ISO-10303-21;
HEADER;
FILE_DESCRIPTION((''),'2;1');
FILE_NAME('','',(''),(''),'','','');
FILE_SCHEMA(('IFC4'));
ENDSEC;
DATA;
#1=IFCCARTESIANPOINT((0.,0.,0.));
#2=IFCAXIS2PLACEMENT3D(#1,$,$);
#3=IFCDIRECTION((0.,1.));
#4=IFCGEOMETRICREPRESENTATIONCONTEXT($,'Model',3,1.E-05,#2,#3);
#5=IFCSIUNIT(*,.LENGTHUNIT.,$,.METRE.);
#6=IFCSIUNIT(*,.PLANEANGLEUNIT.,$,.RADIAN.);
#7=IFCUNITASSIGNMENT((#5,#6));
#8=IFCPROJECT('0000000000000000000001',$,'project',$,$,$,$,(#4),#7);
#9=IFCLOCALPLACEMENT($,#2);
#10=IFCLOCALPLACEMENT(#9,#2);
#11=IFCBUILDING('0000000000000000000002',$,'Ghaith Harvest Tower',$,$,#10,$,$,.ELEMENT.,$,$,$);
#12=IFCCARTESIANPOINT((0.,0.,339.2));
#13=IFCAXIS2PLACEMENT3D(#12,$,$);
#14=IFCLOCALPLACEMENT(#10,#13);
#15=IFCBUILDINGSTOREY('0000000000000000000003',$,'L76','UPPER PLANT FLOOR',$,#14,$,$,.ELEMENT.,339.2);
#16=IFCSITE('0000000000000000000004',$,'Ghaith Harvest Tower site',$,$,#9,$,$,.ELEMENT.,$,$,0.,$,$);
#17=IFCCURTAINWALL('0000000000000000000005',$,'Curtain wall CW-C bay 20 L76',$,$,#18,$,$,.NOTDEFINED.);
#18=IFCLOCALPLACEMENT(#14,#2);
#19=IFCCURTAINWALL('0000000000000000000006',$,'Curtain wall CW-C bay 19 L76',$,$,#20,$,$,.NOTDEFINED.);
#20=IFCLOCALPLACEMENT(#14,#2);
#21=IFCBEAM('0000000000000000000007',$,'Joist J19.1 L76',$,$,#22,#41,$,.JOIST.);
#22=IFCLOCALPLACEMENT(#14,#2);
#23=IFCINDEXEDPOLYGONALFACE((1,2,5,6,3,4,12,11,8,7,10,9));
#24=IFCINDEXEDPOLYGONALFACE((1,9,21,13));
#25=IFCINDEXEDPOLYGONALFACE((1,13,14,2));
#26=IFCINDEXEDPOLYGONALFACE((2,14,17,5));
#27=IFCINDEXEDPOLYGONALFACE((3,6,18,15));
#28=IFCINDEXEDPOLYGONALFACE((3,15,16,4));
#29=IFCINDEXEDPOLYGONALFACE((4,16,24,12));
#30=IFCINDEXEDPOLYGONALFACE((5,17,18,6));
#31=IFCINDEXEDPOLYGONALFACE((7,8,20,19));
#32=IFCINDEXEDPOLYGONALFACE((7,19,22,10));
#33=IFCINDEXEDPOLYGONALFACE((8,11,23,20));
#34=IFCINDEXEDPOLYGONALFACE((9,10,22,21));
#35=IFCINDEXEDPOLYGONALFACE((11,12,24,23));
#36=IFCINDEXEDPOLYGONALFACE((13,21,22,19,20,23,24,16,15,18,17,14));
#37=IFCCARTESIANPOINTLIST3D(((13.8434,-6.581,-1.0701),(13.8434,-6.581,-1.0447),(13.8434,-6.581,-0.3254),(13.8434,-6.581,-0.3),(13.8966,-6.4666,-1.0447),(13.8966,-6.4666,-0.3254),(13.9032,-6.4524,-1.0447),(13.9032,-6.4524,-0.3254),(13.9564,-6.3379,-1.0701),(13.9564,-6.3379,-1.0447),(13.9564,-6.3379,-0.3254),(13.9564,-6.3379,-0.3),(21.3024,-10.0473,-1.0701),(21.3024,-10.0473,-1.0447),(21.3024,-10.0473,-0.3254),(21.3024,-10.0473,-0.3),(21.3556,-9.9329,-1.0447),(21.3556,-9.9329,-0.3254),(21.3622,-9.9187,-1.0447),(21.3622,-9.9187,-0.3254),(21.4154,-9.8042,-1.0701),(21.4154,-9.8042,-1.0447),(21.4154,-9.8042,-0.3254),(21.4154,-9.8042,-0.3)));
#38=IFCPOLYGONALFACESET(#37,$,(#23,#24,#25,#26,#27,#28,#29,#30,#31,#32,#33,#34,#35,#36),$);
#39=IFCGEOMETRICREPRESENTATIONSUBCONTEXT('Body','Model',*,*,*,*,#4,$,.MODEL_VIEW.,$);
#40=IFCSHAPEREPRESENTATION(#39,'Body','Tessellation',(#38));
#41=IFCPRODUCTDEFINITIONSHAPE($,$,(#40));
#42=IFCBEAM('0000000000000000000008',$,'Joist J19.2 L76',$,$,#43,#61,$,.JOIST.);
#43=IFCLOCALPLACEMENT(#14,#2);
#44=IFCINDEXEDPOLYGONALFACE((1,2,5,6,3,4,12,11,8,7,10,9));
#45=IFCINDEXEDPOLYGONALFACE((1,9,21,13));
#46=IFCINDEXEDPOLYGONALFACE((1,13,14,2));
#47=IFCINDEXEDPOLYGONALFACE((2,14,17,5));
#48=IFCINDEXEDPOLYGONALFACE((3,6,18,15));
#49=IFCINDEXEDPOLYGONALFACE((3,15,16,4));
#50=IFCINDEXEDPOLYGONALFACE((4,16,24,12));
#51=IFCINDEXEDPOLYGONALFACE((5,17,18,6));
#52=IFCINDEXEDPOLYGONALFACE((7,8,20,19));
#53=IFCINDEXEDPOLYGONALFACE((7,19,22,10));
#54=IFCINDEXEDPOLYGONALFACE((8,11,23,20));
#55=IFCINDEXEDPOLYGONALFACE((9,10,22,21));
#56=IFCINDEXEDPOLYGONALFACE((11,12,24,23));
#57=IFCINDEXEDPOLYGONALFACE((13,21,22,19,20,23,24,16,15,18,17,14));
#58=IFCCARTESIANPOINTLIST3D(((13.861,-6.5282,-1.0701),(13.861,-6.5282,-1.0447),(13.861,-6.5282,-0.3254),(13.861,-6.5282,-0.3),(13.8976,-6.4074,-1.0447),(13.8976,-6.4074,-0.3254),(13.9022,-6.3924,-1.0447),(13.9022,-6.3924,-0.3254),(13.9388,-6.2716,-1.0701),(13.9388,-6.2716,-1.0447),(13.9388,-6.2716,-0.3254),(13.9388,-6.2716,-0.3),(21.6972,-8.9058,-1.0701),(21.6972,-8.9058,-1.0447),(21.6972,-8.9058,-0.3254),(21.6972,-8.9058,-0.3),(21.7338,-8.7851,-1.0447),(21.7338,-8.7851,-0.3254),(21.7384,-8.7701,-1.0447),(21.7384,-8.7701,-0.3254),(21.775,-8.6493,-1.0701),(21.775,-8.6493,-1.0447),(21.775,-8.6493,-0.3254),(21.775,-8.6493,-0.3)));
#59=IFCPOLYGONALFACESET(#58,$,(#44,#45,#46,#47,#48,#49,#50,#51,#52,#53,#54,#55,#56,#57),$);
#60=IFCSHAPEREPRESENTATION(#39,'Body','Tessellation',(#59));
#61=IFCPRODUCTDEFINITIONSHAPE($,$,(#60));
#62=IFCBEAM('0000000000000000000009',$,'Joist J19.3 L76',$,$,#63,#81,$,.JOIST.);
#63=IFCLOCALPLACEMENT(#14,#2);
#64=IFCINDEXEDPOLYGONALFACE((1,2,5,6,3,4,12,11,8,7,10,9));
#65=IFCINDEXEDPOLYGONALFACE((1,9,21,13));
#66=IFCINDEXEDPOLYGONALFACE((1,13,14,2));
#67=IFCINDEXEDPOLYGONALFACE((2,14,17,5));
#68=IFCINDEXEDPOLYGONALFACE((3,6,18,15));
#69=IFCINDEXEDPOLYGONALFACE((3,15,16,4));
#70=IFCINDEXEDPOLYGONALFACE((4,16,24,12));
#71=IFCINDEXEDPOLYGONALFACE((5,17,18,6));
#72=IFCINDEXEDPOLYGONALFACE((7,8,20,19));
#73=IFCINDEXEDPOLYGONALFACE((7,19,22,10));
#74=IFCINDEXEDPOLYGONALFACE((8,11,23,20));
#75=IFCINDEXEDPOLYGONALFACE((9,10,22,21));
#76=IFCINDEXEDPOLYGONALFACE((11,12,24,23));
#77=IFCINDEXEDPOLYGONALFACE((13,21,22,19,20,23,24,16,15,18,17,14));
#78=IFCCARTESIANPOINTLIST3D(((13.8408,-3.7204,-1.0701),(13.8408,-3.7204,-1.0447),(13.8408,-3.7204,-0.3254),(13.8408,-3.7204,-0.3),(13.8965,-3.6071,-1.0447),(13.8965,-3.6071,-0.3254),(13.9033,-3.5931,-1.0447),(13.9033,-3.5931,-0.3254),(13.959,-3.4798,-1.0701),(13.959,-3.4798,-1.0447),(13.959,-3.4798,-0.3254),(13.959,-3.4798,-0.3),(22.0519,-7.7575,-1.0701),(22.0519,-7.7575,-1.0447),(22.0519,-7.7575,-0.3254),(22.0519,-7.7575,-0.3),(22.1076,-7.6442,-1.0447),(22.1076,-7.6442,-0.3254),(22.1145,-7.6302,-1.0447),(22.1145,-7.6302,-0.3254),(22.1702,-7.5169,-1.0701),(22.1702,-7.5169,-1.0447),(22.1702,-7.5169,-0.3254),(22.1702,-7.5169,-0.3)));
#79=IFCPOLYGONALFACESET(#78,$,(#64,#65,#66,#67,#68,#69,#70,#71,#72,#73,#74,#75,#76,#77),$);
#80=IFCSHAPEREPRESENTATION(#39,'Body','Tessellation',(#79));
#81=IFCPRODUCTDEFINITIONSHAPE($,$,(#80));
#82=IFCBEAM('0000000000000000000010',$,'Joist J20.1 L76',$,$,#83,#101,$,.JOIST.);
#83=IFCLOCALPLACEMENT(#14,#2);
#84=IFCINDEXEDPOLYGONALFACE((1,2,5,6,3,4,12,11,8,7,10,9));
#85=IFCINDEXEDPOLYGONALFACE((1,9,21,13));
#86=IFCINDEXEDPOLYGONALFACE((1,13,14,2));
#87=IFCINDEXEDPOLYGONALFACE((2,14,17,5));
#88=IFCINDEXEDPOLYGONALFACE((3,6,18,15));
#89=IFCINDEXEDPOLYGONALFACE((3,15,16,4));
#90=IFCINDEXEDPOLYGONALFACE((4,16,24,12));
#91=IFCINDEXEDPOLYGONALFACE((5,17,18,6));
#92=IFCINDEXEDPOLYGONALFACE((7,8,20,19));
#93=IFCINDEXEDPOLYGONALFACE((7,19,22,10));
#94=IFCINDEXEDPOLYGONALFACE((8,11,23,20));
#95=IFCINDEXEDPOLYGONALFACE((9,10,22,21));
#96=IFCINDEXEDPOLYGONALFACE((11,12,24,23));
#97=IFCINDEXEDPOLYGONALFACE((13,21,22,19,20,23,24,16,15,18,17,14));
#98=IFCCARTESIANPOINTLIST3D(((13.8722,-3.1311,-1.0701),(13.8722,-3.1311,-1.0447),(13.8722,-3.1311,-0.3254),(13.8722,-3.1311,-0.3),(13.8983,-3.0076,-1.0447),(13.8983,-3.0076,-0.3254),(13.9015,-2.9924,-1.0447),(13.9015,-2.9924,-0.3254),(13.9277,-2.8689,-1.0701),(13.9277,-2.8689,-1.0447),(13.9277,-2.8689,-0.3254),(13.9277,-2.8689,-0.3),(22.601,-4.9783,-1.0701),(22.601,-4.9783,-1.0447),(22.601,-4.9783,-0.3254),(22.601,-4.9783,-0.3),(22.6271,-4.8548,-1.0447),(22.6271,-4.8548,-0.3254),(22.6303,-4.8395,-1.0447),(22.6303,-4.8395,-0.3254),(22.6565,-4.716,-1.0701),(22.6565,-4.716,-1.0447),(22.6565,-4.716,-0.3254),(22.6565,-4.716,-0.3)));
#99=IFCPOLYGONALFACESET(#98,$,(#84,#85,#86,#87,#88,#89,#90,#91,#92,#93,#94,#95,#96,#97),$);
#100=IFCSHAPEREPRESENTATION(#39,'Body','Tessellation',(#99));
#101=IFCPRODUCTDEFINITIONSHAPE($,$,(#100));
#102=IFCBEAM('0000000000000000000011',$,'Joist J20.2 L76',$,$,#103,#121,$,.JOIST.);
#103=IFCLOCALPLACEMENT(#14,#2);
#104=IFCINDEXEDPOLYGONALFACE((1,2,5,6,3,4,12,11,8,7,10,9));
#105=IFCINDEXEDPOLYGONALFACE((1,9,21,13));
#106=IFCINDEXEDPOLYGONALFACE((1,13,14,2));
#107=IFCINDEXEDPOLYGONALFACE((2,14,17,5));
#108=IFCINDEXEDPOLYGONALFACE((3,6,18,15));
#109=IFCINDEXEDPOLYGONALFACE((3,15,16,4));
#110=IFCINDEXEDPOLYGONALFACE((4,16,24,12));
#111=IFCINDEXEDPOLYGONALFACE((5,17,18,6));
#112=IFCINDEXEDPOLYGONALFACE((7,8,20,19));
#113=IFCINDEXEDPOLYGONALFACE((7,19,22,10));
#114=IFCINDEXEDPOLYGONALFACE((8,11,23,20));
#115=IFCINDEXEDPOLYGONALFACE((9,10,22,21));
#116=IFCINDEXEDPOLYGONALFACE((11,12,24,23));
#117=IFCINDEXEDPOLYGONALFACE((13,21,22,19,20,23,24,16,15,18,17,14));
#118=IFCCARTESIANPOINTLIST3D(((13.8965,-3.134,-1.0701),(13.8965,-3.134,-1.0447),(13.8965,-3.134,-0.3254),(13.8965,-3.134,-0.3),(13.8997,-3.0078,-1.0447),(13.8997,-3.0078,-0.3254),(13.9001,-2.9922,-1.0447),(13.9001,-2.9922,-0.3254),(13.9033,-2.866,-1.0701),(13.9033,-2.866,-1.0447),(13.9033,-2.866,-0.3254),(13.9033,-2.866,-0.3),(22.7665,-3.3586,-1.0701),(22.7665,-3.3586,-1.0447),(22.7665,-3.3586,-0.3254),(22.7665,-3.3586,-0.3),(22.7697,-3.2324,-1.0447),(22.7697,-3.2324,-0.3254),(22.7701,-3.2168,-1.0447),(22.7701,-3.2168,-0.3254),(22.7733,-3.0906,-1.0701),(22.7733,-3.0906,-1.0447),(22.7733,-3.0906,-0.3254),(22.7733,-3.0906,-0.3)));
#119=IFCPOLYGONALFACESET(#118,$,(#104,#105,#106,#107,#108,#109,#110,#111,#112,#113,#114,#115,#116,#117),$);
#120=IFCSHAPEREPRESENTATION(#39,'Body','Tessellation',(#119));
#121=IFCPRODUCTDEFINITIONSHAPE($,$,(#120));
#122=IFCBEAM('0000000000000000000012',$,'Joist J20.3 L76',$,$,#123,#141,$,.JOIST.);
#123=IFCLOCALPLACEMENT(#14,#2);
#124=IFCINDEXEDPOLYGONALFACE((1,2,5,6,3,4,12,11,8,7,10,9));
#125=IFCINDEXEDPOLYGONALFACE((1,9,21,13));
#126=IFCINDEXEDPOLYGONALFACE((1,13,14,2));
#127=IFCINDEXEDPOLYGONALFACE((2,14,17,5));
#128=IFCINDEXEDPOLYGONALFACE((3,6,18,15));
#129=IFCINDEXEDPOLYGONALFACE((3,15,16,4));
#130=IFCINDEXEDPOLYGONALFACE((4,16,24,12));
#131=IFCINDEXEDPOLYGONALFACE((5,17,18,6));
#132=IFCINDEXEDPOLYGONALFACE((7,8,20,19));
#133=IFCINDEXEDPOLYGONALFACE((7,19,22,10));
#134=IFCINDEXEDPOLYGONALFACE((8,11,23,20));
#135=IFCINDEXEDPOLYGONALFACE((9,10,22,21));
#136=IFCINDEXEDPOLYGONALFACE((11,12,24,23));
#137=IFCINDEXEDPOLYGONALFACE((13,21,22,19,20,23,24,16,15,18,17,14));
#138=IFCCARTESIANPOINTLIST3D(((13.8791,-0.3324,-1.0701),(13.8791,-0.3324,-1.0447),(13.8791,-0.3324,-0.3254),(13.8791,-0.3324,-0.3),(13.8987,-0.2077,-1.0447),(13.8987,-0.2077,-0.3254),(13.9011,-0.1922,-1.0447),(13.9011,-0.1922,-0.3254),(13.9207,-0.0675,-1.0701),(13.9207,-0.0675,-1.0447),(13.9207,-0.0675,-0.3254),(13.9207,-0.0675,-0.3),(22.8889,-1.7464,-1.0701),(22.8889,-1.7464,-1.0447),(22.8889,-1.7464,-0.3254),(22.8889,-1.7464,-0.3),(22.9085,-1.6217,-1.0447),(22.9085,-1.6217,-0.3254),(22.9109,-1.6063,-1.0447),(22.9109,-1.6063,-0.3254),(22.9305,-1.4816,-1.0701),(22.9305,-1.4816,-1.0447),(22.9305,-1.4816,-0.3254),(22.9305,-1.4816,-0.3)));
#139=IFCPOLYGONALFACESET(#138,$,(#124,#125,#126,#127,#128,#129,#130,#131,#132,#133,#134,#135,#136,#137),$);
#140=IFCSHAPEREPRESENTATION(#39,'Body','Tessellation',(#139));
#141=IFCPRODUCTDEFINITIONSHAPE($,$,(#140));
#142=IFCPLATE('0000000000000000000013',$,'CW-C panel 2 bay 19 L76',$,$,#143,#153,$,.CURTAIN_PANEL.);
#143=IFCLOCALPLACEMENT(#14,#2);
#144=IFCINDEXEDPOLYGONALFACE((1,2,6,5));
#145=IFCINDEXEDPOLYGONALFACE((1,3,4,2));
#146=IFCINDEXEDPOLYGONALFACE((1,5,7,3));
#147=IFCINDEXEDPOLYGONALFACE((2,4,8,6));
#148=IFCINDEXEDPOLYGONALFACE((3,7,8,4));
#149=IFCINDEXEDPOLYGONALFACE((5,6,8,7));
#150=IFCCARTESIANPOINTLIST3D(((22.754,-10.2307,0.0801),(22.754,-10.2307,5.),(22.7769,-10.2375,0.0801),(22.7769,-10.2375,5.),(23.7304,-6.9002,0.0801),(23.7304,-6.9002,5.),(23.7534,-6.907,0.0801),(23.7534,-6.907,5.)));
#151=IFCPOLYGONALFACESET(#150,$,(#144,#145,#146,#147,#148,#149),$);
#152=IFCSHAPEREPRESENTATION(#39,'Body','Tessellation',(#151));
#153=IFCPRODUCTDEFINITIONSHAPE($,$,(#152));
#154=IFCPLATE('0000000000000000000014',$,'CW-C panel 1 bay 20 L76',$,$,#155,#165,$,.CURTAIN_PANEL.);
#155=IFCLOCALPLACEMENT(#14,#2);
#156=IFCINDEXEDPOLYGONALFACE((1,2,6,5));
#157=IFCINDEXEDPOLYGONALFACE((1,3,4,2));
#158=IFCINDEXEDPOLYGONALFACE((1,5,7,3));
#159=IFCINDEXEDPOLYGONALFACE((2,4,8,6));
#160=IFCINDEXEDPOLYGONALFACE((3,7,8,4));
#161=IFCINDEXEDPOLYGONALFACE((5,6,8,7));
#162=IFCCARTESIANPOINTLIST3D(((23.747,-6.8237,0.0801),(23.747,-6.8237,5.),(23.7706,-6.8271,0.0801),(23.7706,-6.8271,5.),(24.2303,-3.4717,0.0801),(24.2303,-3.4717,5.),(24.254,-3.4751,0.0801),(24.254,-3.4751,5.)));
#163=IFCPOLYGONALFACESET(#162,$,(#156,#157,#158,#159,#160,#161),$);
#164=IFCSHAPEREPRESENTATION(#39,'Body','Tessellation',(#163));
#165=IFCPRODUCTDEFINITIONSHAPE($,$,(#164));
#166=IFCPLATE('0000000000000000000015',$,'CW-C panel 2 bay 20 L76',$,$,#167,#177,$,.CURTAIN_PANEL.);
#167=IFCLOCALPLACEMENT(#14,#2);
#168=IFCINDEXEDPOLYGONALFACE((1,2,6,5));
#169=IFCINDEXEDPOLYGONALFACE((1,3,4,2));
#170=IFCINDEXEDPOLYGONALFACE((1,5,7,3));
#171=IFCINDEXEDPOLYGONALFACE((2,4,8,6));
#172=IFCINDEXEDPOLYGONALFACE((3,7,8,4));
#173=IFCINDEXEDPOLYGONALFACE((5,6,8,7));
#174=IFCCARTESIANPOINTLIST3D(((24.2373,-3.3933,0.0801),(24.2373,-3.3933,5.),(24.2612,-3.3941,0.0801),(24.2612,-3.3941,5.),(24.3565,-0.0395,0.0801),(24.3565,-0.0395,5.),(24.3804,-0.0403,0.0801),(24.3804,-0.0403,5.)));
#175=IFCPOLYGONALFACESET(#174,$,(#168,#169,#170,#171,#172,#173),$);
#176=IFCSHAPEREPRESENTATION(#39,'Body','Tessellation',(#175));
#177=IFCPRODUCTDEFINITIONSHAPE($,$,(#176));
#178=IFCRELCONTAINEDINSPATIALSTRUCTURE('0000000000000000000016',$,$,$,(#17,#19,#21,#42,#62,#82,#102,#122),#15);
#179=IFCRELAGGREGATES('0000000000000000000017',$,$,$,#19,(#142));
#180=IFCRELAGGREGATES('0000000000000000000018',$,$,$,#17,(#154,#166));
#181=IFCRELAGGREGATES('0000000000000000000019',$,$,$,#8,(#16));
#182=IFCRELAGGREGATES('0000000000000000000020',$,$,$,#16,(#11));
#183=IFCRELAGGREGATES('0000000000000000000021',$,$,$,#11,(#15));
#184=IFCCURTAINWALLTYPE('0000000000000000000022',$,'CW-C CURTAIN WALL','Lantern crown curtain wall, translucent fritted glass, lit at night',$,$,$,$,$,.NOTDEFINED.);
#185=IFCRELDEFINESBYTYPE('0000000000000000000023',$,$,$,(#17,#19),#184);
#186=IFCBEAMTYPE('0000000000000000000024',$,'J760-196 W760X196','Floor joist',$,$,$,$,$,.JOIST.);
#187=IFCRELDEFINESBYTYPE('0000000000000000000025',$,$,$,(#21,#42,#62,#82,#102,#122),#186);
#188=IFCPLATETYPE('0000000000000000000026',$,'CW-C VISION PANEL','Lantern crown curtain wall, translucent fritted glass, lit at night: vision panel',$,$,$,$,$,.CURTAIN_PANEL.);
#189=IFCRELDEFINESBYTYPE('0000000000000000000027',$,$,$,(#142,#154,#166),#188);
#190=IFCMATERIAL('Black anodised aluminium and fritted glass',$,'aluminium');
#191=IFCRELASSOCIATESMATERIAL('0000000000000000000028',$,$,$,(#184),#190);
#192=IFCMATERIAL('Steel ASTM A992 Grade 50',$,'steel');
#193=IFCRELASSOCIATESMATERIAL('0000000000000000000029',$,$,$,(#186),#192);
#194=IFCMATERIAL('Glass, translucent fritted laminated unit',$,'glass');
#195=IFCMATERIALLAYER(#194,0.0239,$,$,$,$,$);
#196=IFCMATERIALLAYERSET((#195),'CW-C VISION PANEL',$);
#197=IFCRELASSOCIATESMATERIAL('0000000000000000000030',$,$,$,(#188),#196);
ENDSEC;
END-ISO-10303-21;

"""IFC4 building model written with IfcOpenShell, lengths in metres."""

from ifc_helpers import new_model, si_unit, direction, frame, origin, origin_2d, place, context, subcontext, project, spatial, rectangle, i_section, extrude, material, layer, layer_set, material_profile, profile_set, type_object, element, aggregate, save


model = new_model("IFC4")

# Units and contexts
model_context = context("Model", 3, precision=1e-05, world=origin(), true_north=direction((0.0, 1.0)))
body_context = subcontext(model_context, "Body", "Model", "MODEL_VIEW")
ifc_project = project(units=[si_unit("LENGTHUNIT", "METRE"), si_unit("PLANEANGLEUNIT", "RADIAN")], contexts=[model_context])

# Site, building, storey
site_placement = place(None, origin())
site = spatial("IfcSite", under=ifc_project, at=site_placement, Name="Ghaith Harvest Tower site", CompositionType="ELEMENT", RefElevation=0.0)
building_placement = place(site_placement, origin())
building = spatial("IfcBuilding", under=site, at=building_placement, Name="Ghaith Harvest Tower", CompositionType="ELEMENT")
storey_placement = place(building_placement, frame((0.0, 0.0, 339.2)))
storey = spatial("IfcBuildingStorey", under=building, at=storey_placement, Name="L76", Description="UPPER PLANT FLOOR", CompositionType="ELEMENT", Elevation=339.2)

# Curtain wall
ifc_material_1 = material(Name="Black anodised aluminium and fritted glass", Category="aluminium")
curtain_wall_type = type_object("IfcCurtainWallType", Name="CW-C CURTAIN WALL", Description="Lantern crown curtain wall, translucent fritted glass, lit at night", PredefinedType="NOTDEFINED", material=ifc_material_1)
curtain_wall_1_placement = place(storey_placement, origin())
curtain_wall_1 = element("IfcCurtainWall", 1, at=curtain_wall_1_placement, inside=storey, type_object=curtain_wall_type, Name="Curtain wall CW-C bay 20 L76", PredefinedType="NOTDEFINED")

# Curtain wall
curtain_wall_2_placement = place(storey_placement, origin())
curtain_wall_2 = element("IfcCurtainWall", 2, at=curtain_wall_2_placement, inside=storey, type_object=curtain_wall_type, Name="Curtain wall CW-C bay 19 L76", PredefinedType="NOTDEFINED")

# Beams
ifc_material_2 = material(Name="Steel ASTM A992 Grade 50", Category="steel")
ifc_material_profile_1 = material_profile(ifc_material_2, i_section(OverallWidth=0.2681, OverallDepth=0.77, WebThickness=0.0156, FlangeThickness=0.0254, at=origin_2d()), Name="W760X196")
ifc_profile_set_1 = profile_set([ifc_material_profile_1], Name="Steel ASTM A992 Grade 50")
beam_type_1 = type_object("IfcBeamType", Name="J760-196 W760X196", Description="Floor joist", PredefinedType="JOIST", material=ifc_profile_set_1)
beam_1_placement = place(storey_placement, frame((13.8999, -6.4595, -0.6851), z_axis=(0.90686, -0.421432, 0.0), x_axis=(0.421432, 0.90686, 0.0)))
element("IfcBeam", 3, at=beam_1_placement, inside=storey, type_object=beam_type_1, Name="Joist J19.1 L76", PredefinedType="JOIST", context=body_context, shape_type="SweptSolid", body=[
    extrude(i_section(OverallWidth=0.2681, OverallDepth=0.77, WebThickness=0.0156, FlangeThickness=0.0254, at=origin_2d()), origin(), (0.0, 0.0, 1.0), 8.2251),
])
beam_2_placement = place(storey_placement, frame((13.8999, -6.3999, -0.6851), z_axis=(0.95692, -0.290352, 0.0), x_axis=(0.290352, 0.95692, 0.0)))
element("IfcBeam", 4, at=beam_2_placement, inside=storey, type_object=beam_type_1, Name="Joist J19.2 L76", PredefinedType="JOIST", context=body_context, shape_type="SweptSolid", body=[
    extrude(i_section(OverallWidth=0.2681, OverallDepth=0.77, WebThickness=0.0156, FlangeThickness=0.0254, at=origin_2d()), origin(), (0.0, 0.0, 1.0), 8.189),
])
beam_3_placement = place(storey_placement, frame((13.8999, -3.6001, -0.6851), z_axis=(0.897401, -0.441216, 0.0), x_axis=(0.441216, 0.897401, 0.0)))
element("IfcBeam", 5, at=beam_3_placement, inside=storey, type_object=beam_type_1, Name="Joist J19.3 L76", PredefinedType="JOIST", context=body_context, shape_type="SweptSolid", body=[
    extrude(i_section(OverallWidth=0.2681, OverallDepth=0.77, WebThickness=0.0156, FlangeThickness=0.0254, at=origin_2d()), origin(), (0.0, 0.0, 1.0), 9.1499),
])
beam_4_placement = place(storey_placement, frame((13.8999, -3.0, -0.6851), z_axis=(0.978334, -0.207034, 0.0), x_axis=(0.207034, 0.978334, 0.0)))
element("IfcBeam", 6, at=beam_4_placement, inside=storey, type_object=beam_type_1, Name="Joist J20.1 L76", PredefinedType="JOIST", context=body_context, shape_type="SweptSolid", body=[
    extrude(i_section(OverallWidth=0.2681, OverallDepth=0.77, WebThickness=0.0156, FlangeThickness=0.0254, at=origin_2d()), origin(), (0.0, 0.0, 1.0), 8.9221),
])
beam_5_placement = place(storey_placement, frame((13.8999, -3.0, -0.6851), z_axis=(0.99968, -0.025315, 0.0), x_axis=(0.025315, 0.99968, 0.0)))
element("IfcBeam", 7, at=beam_5_placement, inside=storey, type_object=beam_type_1, Name="Joist J20.2 L76", PredefinedType="JOIST", context=body_context, shape_type="SweptSolid", body=[
    extrude(i_section(OverallWidth=0.2681, OverallDepth=0.77, WebThickness=0.0156, FlangeThickness=0.0254, at=origin_2d()), origin(), (0.0, 0.0, 1.0), 8.8728),
])
beam_6_placement = place(storey_placement, frame((13.8999, -0.2, -0.6851), z_axis=(0.987907, -0.15505, 0.0), x_axis=(0.15505, 0.987907, 0.0)))
element("IfcBeam", 8, at=beam_6_placement, inside=storey, type_object=beam_type_1, Name="Joist J20.3 L76", PredefinedType="JOIST", context=body_context, shape_type="SweptSolid", body=[
    extrude(i_section(OverallWidth=0.2681, OverallDepth=0.77, WebThickness=0.0156, FlangeThickness=0.0254, at=origin_2d()), origin(), (0.0, 0.0, 1.0), 9.1201),
])

# Plates
ifc_material_3 = material(Name="Glass, translucent fritted laminated unit", Category="glass")
ifc_layer_1 = layer(ifc_material_3, 0.0239)
ifc_layer_set_1 = layer_set([ifc_layer_1], Name="CW-C VISION PANEL")
plate_type = type_object("IfcPlateType", Name="CW-C VISION PANEL", Description="Lantern crown curtain wall, translucent fritted glass, lit at night: vision panel", PredefinedType="CURTAIN_PANEL", material=ifc_layer_set_1)
plate_1_placement = place(storey_placement, frame((23.2537, -8.5688, 0.0801), z_axis=(0.0, 0.0, 1.0), x_axis=(0.281345, 0.959607, 0.0)))
plate_1 = element("IfcPlate", 9, at=plate_1_placement, type_object=plate_type, Name="CW-C panel 2 bay 19 L76", PredefinedType="CURTAIN_PANEL", context=body_context, shape_type="SweptSolid", body=[
    extrude(rectangle(XDim=3.4707, YDim=0.0239, at=origin_2d()), origin(), (0.0, 0.0, 1.0), 4.9199),
])
aggregate(curtain_wall_2, [plate_1])
plate_2_placement = place(storey_placement, frame((24.0005, -5.1494, 0.0801), z_axis=(0.0, 0.0, 1.0), x_axis=(0.14273, 0.989762, 0.0)))
plate_2 = element("IfcPlate", 10, at=plate_2_placement, type_object=plate_type, Name="CW-C panel 1 bay 20 L76", PredefinedType="CURTAIN_PANEL", context=body_context, shape_type="SweptSolid", body=[
    extrude(rectangle(XDim=3.3867, YDim=0.0239, at=origin_2d()), origin(), (0.0, 0.0, 1.0), 4.9199),
])
plate_3_placement = place(storey_placement, frame((24.3088, -1.7168, 0.0801), z_axis=(0.0, 0.0, 1.0), x_axis=(0.035536, 0.999368, 0.0)))
plate_3 = element("IfcPlate", 11, at=plate_3_placement, type_object=plate_type, Name="CW-C panel 2 bay 20 L76", PredefinedType="CURTAIN_PANEL", context=body_context, shape_type="SweptSolid", body=[
    extrude(rectangle(XDim=3.356, YDim=0.0239, at=origin_2d()), origin(), (0.0, 0.0, 1.0), 4.9199),
])
aggregate(curtain_wall_1, [plate_2, plate_3])

save(model, "model.ifc")
